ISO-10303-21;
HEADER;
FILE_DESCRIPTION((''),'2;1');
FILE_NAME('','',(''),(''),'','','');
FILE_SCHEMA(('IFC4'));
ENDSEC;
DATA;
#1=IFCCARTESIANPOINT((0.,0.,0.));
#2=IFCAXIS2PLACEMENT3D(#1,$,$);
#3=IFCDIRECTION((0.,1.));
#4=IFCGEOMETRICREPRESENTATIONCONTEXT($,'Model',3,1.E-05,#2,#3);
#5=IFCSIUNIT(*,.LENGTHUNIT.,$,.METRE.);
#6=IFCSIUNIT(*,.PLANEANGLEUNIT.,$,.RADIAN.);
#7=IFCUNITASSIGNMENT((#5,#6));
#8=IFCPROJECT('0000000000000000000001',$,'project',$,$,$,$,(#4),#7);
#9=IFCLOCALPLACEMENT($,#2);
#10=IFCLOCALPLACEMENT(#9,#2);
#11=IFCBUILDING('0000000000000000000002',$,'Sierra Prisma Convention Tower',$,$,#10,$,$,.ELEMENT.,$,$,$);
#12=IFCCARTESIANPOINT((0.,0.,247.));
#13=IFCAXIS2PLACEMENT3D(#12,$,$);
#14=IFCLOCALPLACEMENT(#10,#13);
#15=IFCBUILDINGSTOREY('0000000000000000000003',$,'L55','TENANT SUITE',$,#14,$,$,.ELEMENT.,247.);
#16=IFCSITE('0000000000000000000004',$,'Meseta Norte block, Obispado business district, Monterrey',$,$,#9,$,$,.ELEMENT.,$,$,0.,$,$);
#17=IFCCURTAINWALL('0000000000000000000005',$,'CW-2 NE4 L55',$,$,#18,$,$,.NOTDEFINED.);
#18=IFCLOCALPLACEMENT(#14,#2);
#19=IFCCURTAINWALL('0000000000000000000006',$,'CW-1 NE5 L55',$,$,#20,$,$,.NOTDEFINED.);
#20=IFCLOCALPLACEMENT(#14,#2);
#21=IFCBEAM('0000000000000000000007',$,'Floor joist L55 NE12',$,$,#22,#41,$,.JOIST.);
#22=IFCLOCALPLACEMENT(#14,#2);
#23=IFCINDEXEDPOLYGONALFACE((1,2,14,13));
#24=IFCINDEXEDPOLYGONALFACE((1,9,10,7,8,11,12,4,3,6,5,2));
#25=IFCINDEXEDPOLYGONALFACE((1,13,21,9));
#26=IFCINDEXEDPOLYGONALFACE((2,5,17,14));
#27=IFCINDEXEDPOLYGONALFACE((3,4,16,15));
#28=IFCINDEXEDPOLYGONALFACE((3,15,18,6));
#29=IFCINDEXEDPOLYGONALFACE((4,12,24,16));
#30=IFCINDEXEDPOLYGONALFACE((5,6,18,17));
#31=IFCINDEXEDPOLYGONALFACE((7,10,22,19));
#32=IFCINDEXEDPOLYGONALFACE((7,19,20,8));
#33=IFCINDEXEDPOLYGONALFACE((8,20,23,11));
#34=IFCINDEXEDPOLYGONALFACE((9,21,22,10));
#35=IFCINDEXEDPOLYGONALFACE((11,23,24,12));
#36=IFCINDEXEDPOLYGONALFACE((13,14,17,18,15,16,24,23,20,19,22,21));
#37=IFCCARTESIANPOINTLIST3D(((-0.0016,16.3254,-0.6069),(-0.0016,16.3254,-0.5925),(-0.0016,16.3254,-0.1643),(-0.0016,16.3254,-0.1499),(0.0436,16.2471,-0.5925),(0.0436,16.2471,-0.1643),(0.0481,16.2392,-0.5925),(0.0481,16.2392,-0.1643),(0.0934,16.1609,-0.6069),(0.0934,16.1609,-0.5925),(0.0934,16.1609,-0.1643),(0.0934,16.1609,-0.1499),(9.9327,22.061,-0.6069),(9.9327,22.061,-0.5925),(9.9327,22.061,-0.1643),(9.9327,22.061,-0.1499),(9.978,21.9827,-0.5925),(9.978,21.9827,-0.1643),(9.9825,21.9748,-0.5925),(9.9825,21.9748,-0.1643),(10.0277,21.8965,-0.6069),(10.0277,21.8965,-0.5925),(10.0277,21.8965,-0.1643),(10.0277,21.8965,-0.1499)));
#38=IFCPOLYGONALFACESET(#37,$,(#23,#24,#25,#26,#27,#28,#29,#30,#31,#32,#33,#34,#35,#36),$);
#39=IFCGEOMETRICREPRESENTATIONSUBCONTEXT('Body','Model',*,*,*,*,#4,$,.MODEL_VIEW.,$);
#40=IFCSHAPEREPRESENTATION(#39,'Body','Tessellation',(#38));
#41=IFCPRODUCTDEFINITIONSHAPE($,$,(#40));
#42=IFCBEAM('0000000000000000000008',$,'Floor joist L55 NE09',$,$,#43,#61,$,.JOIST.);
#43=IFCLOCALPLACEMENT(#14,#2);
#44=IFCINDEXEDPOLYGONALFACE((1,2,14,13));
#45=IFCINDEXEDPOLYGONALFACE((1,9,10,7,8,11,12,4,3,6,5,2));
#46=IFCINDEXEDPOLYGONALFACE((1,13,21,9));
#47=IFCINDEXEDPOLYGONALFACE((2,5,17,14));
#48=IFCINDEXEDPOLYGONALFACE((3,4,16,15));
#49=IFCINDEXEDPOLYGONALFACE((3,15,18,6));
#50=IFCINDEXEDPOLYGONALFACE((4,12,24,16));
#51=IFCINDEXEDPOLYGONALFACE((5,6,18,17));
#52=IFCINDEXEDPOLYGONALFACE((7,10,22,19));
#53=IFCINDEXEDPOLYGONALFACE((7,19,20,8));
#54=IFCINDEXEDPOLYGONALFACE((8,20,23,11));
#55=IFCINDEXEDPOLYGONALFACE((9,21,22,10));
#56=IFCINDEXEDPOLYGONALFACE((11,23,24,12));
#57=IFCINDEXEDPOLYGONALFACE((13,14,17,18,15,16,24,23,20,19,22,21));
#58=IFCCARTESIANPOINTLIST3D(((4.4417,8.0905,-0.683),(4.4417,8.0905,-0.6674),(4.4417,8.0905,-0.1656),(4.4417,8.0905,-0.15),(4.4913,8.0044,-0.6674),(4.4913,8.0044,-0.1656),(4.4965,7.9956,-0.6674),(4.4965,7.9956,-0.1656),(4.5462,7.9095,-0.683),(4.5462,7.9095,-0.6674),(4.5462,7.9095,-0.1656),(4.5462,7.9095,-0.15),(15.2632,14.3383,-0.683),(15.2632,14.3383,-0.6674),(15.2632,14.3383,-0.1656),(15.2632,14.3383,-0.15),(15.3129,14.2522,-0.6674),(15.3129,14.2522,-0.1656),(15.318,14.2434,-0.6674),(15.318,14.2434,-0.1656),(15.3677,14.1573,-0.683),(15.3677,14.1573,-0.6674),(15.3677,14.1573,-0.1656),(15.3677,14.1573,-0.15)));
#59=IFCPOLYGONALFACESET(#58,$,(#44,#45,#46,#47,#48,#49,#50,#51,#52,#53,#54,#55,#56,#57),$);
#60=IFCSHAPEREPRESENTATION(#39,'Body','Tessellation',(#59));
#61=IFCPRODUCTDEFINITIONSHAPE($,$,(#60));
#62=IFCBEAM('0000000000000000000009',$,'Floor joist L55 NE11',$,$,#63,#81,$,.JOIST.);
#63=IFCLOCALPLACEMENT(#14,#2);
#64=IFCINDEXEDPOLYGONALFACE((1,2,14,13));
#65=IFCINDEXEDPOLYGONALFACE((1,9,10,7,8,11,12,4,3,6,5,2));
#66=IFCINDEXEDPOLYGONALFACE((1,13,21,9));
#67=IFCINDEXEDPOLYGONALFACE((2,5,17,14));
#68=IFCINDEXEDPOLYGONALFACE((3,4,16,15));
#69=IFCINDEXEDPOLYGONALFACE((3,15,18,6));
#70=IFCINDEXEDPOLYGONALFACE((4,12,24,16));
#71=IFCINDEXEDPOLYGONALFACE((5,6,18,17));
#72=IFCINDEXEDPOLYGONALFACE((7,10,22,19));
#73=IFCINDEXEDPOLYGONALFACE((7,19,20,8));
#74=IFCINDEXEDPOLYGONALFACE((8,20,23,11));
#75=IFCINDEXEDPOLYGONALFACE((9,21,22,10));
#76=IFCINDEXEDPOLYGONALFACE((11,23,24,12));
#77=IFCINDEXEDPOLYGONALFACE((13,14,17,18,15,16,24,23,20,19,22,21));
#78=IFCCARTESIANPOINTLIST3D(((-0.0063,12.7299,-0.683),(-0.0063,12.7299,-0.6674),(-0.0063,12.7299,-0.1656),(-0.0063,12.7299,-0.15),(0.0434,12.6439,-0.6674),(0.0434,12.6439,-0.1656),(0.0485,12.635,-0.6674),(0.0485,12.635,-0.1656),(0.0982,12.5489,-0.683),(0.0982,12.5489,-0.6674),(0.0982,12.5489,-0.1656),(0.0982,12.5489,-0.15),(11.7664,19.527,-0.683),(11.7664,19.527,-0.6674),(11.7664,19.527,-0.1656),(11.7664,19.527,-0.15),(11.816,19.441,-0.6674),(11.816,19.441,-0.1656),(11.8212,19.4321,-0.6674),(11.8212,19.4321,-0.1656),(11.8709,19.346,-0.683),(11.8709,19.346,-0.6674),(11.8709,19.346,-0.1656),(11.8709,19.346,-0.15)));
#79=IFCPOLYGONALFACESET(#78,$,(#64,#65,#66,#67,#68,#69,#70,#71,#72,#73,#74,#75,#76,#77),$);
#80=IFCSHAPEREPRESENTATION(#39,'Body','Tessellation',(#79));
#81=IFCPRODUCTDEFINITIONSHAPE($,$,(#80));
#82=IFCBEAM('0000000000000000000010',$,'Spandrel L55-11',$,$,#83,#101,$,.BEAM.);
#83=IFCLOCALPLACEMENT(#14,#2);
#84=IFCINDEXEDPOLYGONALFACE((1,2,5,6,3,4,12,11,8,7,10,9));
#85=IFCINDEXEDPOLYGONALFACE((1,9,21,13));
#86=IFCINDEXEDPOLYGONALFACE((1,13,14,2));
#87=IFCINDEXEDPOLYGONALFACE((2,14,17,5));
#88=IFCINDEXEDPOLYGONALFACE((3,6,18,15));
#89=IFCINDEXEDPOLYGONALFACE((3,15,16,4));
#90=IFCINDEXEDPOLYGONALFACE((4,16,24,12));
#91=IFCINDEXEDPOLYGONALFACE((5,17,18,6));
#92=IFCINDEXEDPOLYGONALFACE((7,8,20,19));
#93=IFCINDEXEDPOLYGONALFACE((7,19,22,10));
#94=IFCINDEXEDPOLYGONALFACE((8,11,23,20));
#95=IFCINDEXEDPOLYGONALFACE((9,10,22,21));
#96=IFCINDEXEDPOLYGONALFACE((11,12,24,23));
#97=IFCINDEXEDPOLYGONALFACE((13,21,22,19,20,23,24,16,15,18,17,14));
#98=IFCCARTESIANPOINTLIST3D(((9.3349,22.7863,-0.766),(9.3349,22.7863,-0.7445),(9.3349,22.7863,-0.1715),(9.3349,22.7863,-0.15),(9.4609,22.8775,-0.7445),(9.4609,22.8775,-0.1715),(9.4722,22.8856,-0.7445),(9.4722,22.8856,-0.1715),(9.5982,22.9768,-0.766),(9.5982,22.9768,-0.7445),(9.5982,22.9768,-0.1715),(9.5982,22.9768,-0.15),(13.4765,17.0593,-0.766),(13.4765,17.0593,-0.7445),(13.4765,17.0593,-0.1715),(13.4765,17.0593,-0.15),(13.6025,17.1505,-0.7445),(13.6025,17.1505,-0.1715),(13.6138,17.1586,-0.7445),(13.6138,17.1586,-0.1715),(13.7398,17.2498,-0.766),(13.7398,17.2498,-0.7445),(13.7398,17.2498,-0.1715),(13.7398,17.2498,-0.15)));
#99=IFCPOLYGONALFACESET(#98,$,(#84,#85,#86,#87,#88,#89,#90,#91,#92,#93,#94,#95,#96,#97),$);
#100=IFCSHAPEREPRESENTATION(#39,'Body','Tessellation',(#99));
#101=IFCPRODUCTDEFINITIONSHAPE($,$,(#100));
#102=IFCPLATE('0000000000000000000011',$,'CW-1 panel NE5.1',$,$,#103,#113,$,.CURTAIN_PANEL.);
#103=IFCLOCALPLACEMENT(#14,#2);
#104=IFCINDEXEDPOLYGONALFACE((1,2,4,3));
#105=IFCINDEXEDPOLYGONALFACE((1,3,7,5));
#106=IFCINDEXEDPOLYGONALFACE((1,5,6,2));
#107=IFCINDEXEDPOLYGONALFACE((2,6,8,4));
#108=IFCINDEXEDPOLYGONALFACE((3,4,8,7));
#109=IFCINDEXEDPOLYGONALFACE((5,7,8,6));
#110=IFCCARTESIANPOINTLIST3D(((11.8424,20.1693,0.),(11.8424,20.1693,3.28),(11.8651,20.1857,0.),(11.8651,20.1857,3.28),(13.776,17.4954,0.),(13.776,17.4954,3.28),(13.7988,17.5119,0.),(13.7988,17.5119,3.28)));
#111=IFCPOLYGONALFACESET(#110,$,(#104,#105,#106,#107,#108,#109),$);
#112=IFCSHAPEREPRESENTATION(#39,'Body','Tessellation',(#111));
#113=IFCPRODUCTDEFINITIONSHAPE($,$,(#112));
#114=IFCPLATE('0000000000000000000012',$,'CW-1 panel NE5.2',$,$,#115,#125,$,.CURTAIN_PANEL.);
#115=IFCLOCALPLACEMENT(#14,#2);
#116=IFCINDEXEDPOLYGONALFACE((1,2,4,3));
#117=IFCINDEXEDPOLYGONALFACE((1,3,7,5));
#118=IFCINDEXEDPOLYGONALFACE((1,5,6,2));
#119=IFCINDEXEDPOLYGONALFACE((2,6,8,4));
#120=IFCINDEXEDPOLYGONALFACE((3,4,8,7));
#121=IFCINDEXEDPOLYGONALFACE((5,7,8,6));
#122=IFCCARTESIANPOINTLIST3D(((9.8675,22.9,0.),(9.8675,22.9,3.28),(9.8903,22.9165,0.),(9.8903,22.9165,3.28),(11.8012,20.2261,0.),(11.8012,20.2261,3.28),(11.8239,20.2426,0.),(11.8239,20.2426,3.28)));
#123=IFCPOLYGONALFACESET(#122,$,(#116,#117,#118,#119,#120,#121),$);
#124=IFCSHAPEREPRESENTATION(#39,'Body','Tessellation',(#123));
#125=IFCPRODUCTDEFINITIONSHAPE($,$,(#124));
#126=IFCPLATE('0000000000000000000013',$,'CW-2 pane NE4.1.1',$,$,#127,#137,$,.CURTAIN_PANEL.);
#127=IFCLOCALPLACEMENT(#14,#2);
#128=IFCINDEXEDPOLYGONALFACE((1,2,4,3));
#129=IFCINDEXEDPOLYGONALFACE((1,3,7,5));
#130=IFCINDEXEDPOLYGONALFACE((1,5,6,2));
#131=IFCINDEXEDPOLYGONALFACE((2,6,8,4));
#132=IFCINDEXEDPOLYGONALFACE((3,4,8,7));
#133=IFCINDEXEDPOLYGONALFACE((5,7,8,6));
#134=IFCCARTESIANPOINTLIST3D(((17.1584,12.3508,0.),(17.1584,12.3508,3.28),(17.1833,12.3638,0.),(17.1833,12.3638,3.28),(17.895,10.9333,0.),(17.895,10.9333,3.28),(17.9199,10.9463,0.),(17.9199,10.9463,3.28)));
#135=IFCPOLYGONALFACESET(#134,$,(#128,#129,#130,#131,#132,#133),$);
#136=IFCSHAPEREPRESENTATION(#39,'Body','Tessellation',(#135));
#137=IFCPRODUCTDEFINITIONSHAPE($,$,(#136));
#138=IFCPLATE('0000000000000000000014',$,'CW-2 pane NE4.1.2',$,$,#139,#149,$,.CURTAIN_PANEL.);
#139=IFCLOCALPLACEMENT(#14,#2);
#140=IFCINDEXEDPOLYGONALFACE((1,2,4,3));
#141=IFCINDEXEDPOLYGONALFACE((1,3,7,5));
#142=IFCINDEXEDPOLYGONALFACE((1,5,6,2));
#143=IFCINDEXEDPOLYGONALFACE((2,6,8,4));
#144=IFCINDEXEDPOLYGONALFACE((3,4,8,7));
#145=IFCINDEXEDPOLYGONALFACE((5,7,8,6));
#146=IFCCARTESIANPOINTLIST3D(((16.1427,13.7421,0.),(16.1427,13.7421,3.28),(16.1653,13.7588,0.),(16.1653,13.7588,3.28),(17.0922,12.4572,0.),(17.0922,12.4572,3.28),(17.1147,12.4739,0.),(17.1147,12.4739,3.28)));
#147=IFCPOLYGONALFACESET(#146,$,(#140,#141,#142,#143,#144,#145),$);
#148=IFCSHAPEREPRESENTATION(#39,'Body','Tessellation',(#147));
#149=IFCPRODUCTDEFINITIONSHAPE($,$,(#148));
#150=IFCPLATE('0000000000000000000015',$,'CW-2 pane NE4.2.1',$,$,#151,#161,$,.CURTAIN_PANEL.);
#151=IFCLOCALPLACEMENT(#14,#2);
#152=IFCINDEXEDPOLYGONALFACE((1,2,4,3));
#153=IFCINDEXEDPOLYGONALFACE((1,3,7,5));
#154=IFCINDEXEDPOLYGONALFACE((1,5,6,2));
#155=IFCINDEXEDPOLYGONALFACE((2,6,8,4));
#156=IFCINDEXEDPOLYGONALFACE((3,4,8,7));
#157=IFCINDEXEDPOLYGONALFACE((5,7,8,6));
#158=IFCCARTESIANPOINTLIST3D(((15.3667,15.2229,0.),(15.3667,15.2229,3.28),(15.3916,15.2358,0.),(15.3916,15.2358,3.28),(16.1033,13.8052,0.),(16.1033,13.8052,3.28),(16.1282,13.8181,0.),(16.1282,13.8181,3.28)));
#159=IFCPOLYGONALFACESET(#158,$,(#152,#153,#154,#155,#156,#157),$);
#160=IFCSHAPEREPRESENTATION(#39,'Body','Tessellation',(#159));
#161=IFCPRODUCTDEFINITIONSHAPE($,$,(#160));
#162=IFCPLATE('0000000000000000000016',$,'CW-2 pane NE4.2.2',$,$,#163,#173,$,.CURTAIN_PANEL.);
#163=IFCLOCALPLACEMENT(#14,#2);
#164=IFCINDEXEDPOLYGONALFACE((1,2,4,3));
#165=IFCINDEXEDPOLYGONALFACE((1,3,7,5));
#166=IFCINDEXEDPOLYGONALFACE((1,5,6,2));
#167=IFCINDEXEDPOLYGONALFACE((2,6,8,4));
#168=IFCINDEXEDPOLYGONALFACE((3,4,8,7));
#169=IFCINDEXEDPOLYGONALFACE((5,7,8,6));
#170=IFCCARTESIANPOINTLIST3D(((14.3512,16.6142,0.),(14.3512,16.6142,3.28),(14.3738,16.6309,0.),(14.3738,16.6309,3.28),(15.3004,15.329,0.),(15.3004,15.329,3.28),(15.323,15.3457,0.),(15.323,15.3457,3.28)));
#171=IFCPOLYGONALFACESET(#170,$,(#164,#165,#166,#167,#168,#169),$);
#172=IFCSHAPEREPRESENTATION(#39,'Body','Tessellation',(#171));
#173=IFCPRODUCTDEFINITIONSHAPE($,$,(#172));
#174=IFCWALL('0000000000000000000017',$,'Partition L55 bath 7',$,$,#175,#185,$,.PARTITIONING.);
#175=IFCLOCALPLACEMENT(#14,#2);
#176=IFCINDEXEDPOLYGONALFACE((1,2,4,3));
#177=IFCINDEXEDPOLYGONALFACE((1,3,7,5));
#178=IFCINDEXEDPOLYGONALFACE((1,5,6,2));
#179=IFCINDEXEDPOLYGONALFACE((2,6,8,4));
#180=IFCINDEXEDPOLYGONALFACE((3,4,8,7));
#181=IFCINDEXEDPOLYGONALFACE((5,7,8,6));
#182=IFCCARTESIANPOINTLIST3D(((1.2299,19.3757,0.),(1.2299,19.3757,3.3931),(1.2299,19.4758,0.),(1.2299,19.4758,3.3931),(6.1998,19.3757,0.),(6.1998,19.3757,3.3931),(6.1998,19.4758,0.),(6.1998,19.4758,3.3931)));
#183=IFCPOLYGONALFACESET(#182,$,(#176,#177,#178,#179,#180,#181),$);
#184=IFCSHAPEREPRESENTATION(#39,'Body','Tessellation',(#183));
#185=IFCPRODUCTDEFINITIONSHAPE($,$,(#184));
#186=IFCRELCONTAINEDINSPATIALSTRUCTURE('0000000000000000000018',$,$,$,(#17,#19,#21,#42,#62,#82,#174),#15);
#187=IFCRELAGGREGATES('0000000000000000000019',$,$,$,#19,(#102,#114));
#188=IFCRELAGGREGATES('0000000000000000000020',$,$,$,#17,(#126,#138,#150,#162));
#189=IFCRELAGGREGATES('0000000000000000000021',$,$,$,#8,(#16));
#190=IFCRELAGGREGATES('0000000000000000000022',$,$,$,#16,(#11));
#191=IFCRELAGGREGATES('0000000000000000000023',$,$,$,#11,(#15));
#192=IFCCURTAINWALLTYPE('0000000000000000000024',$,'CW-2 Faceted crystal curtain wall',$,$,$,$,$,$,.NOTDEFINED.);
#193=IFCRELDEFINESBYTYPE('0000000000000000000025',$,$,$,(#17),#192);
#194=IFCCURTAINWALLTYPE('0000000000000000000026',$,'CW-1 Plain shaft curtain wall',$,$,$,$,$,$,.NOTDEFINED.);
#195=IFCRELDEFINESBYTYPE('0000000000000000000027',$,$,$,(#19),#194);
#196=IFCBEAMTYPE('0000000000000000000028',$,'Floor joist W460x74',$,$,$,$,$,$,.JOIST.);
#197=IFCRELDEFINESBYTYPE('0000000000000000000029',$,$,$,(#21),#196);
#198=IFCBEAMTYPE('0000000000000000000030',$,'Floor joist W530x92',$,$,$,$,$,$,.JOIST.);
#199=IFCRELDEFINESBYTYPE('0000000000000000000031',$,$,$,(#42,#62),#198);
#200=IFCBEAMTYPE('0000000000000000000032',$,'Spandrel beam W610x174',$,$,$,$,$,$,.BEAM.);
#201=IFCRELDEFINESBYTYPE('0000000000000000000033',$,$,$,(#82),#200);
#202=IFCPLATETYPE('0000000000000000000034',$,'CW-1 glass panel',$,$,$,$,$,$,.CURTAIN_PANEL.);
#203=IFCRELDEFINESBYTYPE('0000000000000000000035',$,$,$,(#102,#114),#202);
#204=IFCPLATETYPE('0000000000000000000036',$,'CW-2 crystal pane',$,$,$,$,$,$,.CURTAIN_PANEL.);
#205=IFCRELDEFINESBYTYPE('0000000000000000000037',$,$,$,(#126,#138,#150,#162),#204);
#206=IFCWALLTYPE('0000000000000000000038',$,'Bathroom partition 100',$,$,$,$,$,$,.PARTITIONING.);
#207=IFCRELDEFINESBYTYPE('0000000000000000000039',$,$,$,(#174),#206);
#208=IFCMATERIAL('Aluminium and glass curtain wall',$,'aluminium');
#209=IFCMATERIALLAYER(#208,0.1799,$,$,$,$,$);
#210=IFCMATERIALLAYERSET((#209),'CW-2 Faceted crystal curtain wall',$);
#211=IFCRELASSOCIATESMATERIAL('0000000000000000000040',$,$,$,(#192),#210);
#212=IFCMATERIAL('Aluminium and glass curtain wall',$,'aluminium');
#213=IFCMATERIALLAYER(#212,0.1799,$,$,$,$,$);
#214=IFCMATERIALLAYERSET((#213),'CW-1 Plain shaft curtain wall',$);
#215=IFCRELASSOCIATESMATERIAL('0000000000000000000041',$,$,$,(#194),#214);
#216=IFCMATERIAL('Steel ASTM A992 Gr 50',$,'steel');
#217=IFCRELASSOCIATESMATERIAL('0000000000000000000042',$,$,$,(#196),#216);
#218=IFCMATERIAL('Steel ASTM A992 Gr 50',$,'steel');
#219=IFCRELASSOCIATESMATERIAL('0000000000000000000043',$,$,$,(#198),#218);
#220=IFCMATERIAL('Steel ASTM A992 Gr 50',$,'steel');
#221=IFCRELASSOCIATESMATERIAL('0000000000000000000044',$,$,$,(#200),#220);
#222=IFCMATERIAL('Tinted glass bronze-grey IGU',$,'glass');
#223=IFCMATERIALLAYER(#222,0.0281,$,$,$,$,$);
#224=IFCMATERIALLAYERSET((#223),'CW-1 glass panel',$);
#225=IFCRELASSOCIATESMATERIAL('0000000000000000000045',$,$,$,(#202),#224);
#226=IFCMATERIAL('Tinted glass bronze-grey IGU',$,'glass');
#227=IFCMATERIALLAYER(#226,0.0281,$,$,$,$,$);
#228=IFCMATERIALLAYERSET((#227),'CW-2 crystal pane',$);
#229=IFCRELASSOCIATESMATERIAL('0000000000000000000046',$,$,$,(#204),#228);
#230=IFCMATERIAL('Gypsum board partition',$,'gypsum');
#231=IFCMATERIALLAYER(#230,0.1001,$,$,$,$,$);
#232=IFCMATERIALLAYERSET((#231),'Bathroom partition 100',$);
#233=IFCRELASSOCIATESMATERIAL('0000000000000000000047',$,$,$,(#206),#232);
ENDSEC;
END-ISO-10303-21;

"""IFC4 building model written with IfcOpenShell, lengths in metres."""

from ifc_helpers import new_model, si_unit, direction, frame, frame_2d, origin, origin_2d, place, context, subcontext, project, spatial, polyline, rectangle, i_section, outline, extrude, material, layer, layer_set, material_profile, profile_set, type_object, element, aggregate, save


model = new_model("IFC4")

# Units and contexts
model_context = context("Model", 3, precision=1e-05, world=origin(), true_north=direction((0.0, 1.0)))
body_context = subcontext(model_context, "Body", "Model", "MODEL_VIEW")
ifc_project = project(units=[si_unit("LENGTHUNIT", "METRE"), si_unit("PLANEANGLEUNIT", "RADIAN")], contexts=[model_context])

# Site, building, storey
site_placement = place(None, origin())
site = spatial("IfcSite", under=ifc_project, at=site_placement, Name="Meseta Norte block, Obispado business district, Monterrey", CompositionType="ELEMENT", RefElevation=0.0)
building_placement = place(site_placement, origin())
building = spatial("IfcBuilding", under=site, at=building_placement, Name="Sierra Prisma Convention Tower", CompositionType="ELEMENT")
storey_placement = place(building_placement, frame((0.0, 0.0, 247.0)))
storey = spatial("IfcBuildingStorey", under=building, at=storey_placement, Name="L55", Description="TENANT SUITE", CompositionType="ELEMENT", Elevation=247.0)

# Curtain walls
ifc_material_1 = material(Name="Aluminium and glass curtain wall", Category="aluminium")
ifc_layer_1 = layer(ifc_material_1, 0.1799)
ifc_layer_set_1 = layer_set([ifc_layer_1], Name="CW-2 Faceted crystal curtain wall")
curtain_wall_type_1 = type_object("IfcCurtainWallType", Name="CW-2 Faceted crystal curtain wall", PredefinedType="NOTDEFINED", material=ifc_layer_set_1)
curtain_wall_1_placement = place(storey_placement, origin())
curtain_wall_1 = element("IfcCurtainWall", 1, at=curtain_wall_1_placement, inside=storey, type_object=curtain_wall_type_1, Name="CW-2 NE4 L55", PredefinedType="NOTDEFINED")
ifc_material_2 = material(Name="Aluminium and glass curtain wall", Category="aluminium")
ifc_layer_2 = layer(ifc_material_2, 0.1799)
ifc_layer_set_2 = layer_set([ifc_layer_2], Name="CW-1 Plain shaft curtain wall")
curtain_wall_type_2 = type_object("IfcCurtainWallType", Name="CW-1 Plain shaft curtain wall", PredefinedType="NOTDEFINED", material=ifc_layer_set_2)
curtain_wall_2_placement = place(storey_placement, origin())
curtain_wall_2 = element("IfcCurtainWall", 2, at=curtain_wall_2_placement, inside=storey, type_object=curtain_wall_type_2, Name="CW-1 NE5 L55", PredefinedType="NOTDEFINED")

# Beams
ifc_material_3 = material(Name="Steel ASTM A992 Gr 50", Category="steel")
ifc_material_profile_1 = material_profile(ifc_material_3, i_section(OverallWidth=0.1899, OverallDepth=0.457, WebThickness=0.009, FlangeThickness=0.0144, at=origin_2d()), Name="W460x74")
ifc_profile_set_1 = profile_set([ifc_material_profile_1], Name="Steel ASTM A992 Gr 50")
beam_type_1 = type_object("IfcBeamType", Name="Floor joist W460x74", PredefinedType="JOIST", material=ifc_profile_set_1)
beam_1_placement = place(storey_placement, frame((9.9802, 21.9788, -0.3784), z_axis=(-0.866025, -0.500001, 0.0), x_axis=(0.500001, -0.866025, 0.0)))
element("IfcBeam", 3, at=beam_1_placement, inside=storey, type_object=beam_type_1, Name="Floor joist L55 NE12", PredefinedType="JOIST", context=body_context, shape_type="SweptSolid", body=[
    extrude(i_section(OverallWidth=0.1899, OverallDepth=0.457, WebThickness=0.009, FlangeThickness=0.0144, at=origin_2d()), origin(), (0.0, 0.0, 1.0), 11.4712),
])
ifc_material_4 = material(Name="Steel ASTM A992 Gr 50", Category="steel")
ifc_material_profile_2 = material_profile(ifc_material_4, i_section(OverallWidth=0.209, OverallDepth=0.533, WebThickness=0.0103, FlangeThickness=0.0156, at=origin_2d()), Name="W530x92")
ifc_profile_set_2 = profile_set([ifc_material_profile_2], Name="Steel ASTM A992 Gr 50")
beam_type_2 = type_object("IfcBeamType", Name="Floor joist W530x92", PredefinedType="JOIST", material=ifc_profile_set_2)
beam_2_placement = place(storey_placement, frame((15.3154, 14.2478, -0.4165), z_axis=(-0.866026, -0.499999, 0.0), x_axis=(0.499999, -0.866026, 0.0)))
element("IfcBeam", 4, at=beam_2_placement, inside=storey, type_object=beam_type_2, Name="Floor joist L55 NE09", PredefinedType="JOIST", context=body_context, shape_type="SweptSolid", body=[
    extrude(i_section(OverallWidth=0.209, OverallDepth=0.533, WebThickness=0.0103, FlangeThickness=0.0156, at=origin_2d()), origin(), (0.0, 0.0, 1.0), 12.4956),
])
beam_3_placement = place(storey_placement, frame((11.8186, 19.4365, -0.4165), z_axis=(-0.866021, -0.500008, 0.0), x_axis=(0.500008, -0.866021, 0.0)))
element("IfcBeam", 5, at=beam_3_placement, inside=storey, type_object=beam_type_2, Name="Floor joist L55 NE11", PredefinedType="JOIST", context=body_context, shape_type="SweptSolid", body=[
    extrude(i_section(OverallWidth=0.209, OverallDepth=0.533, WebThickness=0.0103, FlangeThickness=0.0156, at=origin_2d()), origin(), (0.0, 0.0, 1.0), 13.594),
])
ifc_material_5 = material(Name="Steel ASTM A992 Gr 50", Category="steel")
ifc_material_profile_3 = material_profile(ifc_material_5, i_section(OverallWidth=0.325, OverallDepth=0.616, WebThickness=0.0139, FlangeThickness=0.0215, at=origin_2d()), Name="W610x174")
ifc_profile_set_3 = profile_set([ifc_material_profile_3], Name="Steel ASTM A992 Gr 50")
beam_type_3 = type_object("IfcBeamType", Name="Spandrel beam W610x174", PredefinedType="BEAM", material=ifc_profile_set_3)
beam_4_placement = place(storey_placement, frame((13.6082, 17.1545, -0.458), z_axis=(-0.585992, 0.810317, 0.0), x_axis=(-0.810317, -0.585992, 0.0)))
element("IfcBeam", 6, at=beam_4_placement, inside=storey, type_object=beam_type_3, Name="Spandrel L55-11", PredefinedType="BEAM", context=body_context, shape_type="SweptSolid", body=[
    extrude(i_section(OverallWidth=0.325, OverallDepth=0.616, WebThickness=0.0139, FlangeThickness=0.0215, at=origin_2d()), origin(), (0.0, 0.0, 1.0), 7.0676),
])

# Plates
ifc_material_6 = material(Name="Tinted glass bronze-grey IGU", Category="glass")
ifc_layer_3 = layer(ifc_material_6, 0.0281)
ifc_layer_set_3 = layer_set([ifc_layer_3], Name="CW-1 glass panel")
plate_type_1 = type_object("IfcPlateType", Name="CW-1 glass panel", PredefinedType="CURTAIN_PANEL", material=ifc_layer_set_3)
plate_1_placement = place(storey_placement, frame((12.8206, 18.8406, 0.0), z_axis=(0.0, 0.0, 1.0), x_axis=(-0.585989, 0.810319, 0.0)))
plate_1 = element("IfcPlate", 7, at=plate_1_placement, type_object=plate_type_1, Name="CW-1 panel NE5.1", PredefinedType="CURTAIN_PANEL", context=body_context, shape_type="SweptSolid", body=[
    extrude(rectangle(XDim=3.2998, YDim=0.0281, at=origin_2d()), origin(), (0.0, 0.0, 1.0), 3.28),
])
plate_2_placement = place(storey_placement, frame((10.8457, 21.5713, 0.0), z_axis=(0.0, 0.0, 1.0), x_axis=(-0.585989, 0.810319, 0.0)))
plate_2 = element("IfcPlate", 8, at=plate_2_placement, type_object=plate_type_1, Name="CW-1 panel NE5.2", PredefinedType="CURTAIN_PANEL", context=body_context, shape_type="SweptSolid", body=[
    extrude(rectangle(XDim=3.2998, YDim=0.0281, at=origin_2d()), origin(), (0.0, 0.0, 1.0), 3.28),
])
aggregate(curtain_wall_2, [plate_1, plate_2])
ifc_material_7 = material(Name="Tinted glass bronze-grey IGU", Category="glass")
ifc_layer_4 = layer(ifc_material_7, 0.0281)
ifc_layer_set_4 = layer_set([ifc_layer_4], Name="CW-2 crystal pane")
plate_type_2 = type_object("IfcPlateType", Name="CW-2 crystal pane", PredefinedType="CURTAIN_PANEL", material=ifc_layer_set_4)
plate_3_placement = place(storey_placement, frame((17.9199, 10.9463, 0.0), z_axis=(0.887349, 0.461098, 0.0), x_axis=(-0.461098, 0.887349, 0.0)))
plate_3 = element("IfcPlate", 9, at=plate_3_placement, type_object=plate_type_2, Name="CW-2 pane NE4.1.1", PredefinedType="CURTAIN_PANEL", context=body_context, shape_type="SweptSolid", body=[
    extrude(outline(polyline([(0.0, 0.0), (1.5974, 0.0), (1.5974, 3.28), (0.0, 3.28), (0.0, 0.0)])), origin(), (0.0, 0.0, -1.0), 0.0281),
])
plate_4_placement = place(storey_placement, frame((16.1653, 13.7588, 0.0), z_axis=(0.804252, 0.594288, 0.0), x_axis=(0.594288, -0.804252, 0.0)))
plate_4 = element("IfcPlate", 10, at=plate_4_placement, type_object=plate_type_2, Name="CW-2 pane NE4.1.2", PredefinedType="CURTAIN_PANEL", context=body_context, shape_type="SweptSolid", body=[
    extrude(outline(polyline([(0.0, 0.0), (1.5976, 0.0), (1.5976, -3.28), (0.0, -3.28), (0.0, 0.0)])), origin(), (0.0, 0.0, -1.0), 0.0281),
])
plate_5_placement = place(storey_placement, frame((16.1282, 13.8181, 0.0), z_axis=(0.887382, 0.461035, 0.0), x_axis=(-0.461035, 0.887382, 0.0)))
plate_5 = element("IfcPlate", 11, at=plate_5_placement, type_object=plate_type_2, Name="CW-2 pane NE4.2.1", PredefinedType="CURTAIN_PANEL", context=body_context, shape_type="SweptSolid", body=[
    extrude(outline(polyline([(0.0, 0.0), (1.5976, 0.0), (1.5976, 3.28), (0.0, 3.28), (0.0, 0.0)])), origin(), (0.0, 0.0, -1.0), 0.0281),
])
plate_6_placement = place(storey_placement, frame((14.3738, 16.6309, 0.0), z_axis=(0.804379, 0.594116, 0.0), x_axis=(0.594116, -0.804379, 0.0)))
plate_6 = element("IfcPlate", 12, at=plate_6_placement, type_object=plate_type_2, Name="CW-2 pane NE4.2.2", PredefinedType="CURTAIN_PANEL", context=body_context, shape_type="SweptSolid", body=[
    extrude(outline(polyline([(0.0, 0.0), (1.5977, 0.0), (1.5977, -3.28), (0.0, -3.28), (0.0, 0.0)])), origin(), (0.0, 0.0, -1.0), 0.0281),
])
aggregate(curtain_wall_1, [plate_3, plate_4, plate_5, plate_6])

# Wall
ifc_material_8 = material(Name="Gypsum board partition", Category="gypsum")
ifc_layer_5 = layer(ifc_material_8, 0.1001)
ifc_layer_set_5 = layer_set([ifc_layer_5], Name="Bathroom partition 100")
wall_type_1 = type_object("IfcWallType", Name="Bathroom partition 100", PredefinedType="PARTITIONING", material=ifc_layer_set_5)
wall_1_placement = place(storey_placement, frame((1.23, 19.4258, 0.0), z_axis=(0.0, 0.0, 1.0), x_axis=(1.0, 0.0, 0.0)))
element("IfcWall", 13, at=wall_1_placement, inside=storey, type_object=wall_type_1, Name="Partition L55 bath 7", PredefinedType="PARTITIONING", context=body_context, shape_type="SweptSolid", body=[
    extrude(rectangle(XDim=4.97, YDim=0.1001, at=frame_2d((2.4849, 0.0))), origin(), (0.0, 0.0, 1.0), 3.3931),
])

save(model, "model.ifc")
